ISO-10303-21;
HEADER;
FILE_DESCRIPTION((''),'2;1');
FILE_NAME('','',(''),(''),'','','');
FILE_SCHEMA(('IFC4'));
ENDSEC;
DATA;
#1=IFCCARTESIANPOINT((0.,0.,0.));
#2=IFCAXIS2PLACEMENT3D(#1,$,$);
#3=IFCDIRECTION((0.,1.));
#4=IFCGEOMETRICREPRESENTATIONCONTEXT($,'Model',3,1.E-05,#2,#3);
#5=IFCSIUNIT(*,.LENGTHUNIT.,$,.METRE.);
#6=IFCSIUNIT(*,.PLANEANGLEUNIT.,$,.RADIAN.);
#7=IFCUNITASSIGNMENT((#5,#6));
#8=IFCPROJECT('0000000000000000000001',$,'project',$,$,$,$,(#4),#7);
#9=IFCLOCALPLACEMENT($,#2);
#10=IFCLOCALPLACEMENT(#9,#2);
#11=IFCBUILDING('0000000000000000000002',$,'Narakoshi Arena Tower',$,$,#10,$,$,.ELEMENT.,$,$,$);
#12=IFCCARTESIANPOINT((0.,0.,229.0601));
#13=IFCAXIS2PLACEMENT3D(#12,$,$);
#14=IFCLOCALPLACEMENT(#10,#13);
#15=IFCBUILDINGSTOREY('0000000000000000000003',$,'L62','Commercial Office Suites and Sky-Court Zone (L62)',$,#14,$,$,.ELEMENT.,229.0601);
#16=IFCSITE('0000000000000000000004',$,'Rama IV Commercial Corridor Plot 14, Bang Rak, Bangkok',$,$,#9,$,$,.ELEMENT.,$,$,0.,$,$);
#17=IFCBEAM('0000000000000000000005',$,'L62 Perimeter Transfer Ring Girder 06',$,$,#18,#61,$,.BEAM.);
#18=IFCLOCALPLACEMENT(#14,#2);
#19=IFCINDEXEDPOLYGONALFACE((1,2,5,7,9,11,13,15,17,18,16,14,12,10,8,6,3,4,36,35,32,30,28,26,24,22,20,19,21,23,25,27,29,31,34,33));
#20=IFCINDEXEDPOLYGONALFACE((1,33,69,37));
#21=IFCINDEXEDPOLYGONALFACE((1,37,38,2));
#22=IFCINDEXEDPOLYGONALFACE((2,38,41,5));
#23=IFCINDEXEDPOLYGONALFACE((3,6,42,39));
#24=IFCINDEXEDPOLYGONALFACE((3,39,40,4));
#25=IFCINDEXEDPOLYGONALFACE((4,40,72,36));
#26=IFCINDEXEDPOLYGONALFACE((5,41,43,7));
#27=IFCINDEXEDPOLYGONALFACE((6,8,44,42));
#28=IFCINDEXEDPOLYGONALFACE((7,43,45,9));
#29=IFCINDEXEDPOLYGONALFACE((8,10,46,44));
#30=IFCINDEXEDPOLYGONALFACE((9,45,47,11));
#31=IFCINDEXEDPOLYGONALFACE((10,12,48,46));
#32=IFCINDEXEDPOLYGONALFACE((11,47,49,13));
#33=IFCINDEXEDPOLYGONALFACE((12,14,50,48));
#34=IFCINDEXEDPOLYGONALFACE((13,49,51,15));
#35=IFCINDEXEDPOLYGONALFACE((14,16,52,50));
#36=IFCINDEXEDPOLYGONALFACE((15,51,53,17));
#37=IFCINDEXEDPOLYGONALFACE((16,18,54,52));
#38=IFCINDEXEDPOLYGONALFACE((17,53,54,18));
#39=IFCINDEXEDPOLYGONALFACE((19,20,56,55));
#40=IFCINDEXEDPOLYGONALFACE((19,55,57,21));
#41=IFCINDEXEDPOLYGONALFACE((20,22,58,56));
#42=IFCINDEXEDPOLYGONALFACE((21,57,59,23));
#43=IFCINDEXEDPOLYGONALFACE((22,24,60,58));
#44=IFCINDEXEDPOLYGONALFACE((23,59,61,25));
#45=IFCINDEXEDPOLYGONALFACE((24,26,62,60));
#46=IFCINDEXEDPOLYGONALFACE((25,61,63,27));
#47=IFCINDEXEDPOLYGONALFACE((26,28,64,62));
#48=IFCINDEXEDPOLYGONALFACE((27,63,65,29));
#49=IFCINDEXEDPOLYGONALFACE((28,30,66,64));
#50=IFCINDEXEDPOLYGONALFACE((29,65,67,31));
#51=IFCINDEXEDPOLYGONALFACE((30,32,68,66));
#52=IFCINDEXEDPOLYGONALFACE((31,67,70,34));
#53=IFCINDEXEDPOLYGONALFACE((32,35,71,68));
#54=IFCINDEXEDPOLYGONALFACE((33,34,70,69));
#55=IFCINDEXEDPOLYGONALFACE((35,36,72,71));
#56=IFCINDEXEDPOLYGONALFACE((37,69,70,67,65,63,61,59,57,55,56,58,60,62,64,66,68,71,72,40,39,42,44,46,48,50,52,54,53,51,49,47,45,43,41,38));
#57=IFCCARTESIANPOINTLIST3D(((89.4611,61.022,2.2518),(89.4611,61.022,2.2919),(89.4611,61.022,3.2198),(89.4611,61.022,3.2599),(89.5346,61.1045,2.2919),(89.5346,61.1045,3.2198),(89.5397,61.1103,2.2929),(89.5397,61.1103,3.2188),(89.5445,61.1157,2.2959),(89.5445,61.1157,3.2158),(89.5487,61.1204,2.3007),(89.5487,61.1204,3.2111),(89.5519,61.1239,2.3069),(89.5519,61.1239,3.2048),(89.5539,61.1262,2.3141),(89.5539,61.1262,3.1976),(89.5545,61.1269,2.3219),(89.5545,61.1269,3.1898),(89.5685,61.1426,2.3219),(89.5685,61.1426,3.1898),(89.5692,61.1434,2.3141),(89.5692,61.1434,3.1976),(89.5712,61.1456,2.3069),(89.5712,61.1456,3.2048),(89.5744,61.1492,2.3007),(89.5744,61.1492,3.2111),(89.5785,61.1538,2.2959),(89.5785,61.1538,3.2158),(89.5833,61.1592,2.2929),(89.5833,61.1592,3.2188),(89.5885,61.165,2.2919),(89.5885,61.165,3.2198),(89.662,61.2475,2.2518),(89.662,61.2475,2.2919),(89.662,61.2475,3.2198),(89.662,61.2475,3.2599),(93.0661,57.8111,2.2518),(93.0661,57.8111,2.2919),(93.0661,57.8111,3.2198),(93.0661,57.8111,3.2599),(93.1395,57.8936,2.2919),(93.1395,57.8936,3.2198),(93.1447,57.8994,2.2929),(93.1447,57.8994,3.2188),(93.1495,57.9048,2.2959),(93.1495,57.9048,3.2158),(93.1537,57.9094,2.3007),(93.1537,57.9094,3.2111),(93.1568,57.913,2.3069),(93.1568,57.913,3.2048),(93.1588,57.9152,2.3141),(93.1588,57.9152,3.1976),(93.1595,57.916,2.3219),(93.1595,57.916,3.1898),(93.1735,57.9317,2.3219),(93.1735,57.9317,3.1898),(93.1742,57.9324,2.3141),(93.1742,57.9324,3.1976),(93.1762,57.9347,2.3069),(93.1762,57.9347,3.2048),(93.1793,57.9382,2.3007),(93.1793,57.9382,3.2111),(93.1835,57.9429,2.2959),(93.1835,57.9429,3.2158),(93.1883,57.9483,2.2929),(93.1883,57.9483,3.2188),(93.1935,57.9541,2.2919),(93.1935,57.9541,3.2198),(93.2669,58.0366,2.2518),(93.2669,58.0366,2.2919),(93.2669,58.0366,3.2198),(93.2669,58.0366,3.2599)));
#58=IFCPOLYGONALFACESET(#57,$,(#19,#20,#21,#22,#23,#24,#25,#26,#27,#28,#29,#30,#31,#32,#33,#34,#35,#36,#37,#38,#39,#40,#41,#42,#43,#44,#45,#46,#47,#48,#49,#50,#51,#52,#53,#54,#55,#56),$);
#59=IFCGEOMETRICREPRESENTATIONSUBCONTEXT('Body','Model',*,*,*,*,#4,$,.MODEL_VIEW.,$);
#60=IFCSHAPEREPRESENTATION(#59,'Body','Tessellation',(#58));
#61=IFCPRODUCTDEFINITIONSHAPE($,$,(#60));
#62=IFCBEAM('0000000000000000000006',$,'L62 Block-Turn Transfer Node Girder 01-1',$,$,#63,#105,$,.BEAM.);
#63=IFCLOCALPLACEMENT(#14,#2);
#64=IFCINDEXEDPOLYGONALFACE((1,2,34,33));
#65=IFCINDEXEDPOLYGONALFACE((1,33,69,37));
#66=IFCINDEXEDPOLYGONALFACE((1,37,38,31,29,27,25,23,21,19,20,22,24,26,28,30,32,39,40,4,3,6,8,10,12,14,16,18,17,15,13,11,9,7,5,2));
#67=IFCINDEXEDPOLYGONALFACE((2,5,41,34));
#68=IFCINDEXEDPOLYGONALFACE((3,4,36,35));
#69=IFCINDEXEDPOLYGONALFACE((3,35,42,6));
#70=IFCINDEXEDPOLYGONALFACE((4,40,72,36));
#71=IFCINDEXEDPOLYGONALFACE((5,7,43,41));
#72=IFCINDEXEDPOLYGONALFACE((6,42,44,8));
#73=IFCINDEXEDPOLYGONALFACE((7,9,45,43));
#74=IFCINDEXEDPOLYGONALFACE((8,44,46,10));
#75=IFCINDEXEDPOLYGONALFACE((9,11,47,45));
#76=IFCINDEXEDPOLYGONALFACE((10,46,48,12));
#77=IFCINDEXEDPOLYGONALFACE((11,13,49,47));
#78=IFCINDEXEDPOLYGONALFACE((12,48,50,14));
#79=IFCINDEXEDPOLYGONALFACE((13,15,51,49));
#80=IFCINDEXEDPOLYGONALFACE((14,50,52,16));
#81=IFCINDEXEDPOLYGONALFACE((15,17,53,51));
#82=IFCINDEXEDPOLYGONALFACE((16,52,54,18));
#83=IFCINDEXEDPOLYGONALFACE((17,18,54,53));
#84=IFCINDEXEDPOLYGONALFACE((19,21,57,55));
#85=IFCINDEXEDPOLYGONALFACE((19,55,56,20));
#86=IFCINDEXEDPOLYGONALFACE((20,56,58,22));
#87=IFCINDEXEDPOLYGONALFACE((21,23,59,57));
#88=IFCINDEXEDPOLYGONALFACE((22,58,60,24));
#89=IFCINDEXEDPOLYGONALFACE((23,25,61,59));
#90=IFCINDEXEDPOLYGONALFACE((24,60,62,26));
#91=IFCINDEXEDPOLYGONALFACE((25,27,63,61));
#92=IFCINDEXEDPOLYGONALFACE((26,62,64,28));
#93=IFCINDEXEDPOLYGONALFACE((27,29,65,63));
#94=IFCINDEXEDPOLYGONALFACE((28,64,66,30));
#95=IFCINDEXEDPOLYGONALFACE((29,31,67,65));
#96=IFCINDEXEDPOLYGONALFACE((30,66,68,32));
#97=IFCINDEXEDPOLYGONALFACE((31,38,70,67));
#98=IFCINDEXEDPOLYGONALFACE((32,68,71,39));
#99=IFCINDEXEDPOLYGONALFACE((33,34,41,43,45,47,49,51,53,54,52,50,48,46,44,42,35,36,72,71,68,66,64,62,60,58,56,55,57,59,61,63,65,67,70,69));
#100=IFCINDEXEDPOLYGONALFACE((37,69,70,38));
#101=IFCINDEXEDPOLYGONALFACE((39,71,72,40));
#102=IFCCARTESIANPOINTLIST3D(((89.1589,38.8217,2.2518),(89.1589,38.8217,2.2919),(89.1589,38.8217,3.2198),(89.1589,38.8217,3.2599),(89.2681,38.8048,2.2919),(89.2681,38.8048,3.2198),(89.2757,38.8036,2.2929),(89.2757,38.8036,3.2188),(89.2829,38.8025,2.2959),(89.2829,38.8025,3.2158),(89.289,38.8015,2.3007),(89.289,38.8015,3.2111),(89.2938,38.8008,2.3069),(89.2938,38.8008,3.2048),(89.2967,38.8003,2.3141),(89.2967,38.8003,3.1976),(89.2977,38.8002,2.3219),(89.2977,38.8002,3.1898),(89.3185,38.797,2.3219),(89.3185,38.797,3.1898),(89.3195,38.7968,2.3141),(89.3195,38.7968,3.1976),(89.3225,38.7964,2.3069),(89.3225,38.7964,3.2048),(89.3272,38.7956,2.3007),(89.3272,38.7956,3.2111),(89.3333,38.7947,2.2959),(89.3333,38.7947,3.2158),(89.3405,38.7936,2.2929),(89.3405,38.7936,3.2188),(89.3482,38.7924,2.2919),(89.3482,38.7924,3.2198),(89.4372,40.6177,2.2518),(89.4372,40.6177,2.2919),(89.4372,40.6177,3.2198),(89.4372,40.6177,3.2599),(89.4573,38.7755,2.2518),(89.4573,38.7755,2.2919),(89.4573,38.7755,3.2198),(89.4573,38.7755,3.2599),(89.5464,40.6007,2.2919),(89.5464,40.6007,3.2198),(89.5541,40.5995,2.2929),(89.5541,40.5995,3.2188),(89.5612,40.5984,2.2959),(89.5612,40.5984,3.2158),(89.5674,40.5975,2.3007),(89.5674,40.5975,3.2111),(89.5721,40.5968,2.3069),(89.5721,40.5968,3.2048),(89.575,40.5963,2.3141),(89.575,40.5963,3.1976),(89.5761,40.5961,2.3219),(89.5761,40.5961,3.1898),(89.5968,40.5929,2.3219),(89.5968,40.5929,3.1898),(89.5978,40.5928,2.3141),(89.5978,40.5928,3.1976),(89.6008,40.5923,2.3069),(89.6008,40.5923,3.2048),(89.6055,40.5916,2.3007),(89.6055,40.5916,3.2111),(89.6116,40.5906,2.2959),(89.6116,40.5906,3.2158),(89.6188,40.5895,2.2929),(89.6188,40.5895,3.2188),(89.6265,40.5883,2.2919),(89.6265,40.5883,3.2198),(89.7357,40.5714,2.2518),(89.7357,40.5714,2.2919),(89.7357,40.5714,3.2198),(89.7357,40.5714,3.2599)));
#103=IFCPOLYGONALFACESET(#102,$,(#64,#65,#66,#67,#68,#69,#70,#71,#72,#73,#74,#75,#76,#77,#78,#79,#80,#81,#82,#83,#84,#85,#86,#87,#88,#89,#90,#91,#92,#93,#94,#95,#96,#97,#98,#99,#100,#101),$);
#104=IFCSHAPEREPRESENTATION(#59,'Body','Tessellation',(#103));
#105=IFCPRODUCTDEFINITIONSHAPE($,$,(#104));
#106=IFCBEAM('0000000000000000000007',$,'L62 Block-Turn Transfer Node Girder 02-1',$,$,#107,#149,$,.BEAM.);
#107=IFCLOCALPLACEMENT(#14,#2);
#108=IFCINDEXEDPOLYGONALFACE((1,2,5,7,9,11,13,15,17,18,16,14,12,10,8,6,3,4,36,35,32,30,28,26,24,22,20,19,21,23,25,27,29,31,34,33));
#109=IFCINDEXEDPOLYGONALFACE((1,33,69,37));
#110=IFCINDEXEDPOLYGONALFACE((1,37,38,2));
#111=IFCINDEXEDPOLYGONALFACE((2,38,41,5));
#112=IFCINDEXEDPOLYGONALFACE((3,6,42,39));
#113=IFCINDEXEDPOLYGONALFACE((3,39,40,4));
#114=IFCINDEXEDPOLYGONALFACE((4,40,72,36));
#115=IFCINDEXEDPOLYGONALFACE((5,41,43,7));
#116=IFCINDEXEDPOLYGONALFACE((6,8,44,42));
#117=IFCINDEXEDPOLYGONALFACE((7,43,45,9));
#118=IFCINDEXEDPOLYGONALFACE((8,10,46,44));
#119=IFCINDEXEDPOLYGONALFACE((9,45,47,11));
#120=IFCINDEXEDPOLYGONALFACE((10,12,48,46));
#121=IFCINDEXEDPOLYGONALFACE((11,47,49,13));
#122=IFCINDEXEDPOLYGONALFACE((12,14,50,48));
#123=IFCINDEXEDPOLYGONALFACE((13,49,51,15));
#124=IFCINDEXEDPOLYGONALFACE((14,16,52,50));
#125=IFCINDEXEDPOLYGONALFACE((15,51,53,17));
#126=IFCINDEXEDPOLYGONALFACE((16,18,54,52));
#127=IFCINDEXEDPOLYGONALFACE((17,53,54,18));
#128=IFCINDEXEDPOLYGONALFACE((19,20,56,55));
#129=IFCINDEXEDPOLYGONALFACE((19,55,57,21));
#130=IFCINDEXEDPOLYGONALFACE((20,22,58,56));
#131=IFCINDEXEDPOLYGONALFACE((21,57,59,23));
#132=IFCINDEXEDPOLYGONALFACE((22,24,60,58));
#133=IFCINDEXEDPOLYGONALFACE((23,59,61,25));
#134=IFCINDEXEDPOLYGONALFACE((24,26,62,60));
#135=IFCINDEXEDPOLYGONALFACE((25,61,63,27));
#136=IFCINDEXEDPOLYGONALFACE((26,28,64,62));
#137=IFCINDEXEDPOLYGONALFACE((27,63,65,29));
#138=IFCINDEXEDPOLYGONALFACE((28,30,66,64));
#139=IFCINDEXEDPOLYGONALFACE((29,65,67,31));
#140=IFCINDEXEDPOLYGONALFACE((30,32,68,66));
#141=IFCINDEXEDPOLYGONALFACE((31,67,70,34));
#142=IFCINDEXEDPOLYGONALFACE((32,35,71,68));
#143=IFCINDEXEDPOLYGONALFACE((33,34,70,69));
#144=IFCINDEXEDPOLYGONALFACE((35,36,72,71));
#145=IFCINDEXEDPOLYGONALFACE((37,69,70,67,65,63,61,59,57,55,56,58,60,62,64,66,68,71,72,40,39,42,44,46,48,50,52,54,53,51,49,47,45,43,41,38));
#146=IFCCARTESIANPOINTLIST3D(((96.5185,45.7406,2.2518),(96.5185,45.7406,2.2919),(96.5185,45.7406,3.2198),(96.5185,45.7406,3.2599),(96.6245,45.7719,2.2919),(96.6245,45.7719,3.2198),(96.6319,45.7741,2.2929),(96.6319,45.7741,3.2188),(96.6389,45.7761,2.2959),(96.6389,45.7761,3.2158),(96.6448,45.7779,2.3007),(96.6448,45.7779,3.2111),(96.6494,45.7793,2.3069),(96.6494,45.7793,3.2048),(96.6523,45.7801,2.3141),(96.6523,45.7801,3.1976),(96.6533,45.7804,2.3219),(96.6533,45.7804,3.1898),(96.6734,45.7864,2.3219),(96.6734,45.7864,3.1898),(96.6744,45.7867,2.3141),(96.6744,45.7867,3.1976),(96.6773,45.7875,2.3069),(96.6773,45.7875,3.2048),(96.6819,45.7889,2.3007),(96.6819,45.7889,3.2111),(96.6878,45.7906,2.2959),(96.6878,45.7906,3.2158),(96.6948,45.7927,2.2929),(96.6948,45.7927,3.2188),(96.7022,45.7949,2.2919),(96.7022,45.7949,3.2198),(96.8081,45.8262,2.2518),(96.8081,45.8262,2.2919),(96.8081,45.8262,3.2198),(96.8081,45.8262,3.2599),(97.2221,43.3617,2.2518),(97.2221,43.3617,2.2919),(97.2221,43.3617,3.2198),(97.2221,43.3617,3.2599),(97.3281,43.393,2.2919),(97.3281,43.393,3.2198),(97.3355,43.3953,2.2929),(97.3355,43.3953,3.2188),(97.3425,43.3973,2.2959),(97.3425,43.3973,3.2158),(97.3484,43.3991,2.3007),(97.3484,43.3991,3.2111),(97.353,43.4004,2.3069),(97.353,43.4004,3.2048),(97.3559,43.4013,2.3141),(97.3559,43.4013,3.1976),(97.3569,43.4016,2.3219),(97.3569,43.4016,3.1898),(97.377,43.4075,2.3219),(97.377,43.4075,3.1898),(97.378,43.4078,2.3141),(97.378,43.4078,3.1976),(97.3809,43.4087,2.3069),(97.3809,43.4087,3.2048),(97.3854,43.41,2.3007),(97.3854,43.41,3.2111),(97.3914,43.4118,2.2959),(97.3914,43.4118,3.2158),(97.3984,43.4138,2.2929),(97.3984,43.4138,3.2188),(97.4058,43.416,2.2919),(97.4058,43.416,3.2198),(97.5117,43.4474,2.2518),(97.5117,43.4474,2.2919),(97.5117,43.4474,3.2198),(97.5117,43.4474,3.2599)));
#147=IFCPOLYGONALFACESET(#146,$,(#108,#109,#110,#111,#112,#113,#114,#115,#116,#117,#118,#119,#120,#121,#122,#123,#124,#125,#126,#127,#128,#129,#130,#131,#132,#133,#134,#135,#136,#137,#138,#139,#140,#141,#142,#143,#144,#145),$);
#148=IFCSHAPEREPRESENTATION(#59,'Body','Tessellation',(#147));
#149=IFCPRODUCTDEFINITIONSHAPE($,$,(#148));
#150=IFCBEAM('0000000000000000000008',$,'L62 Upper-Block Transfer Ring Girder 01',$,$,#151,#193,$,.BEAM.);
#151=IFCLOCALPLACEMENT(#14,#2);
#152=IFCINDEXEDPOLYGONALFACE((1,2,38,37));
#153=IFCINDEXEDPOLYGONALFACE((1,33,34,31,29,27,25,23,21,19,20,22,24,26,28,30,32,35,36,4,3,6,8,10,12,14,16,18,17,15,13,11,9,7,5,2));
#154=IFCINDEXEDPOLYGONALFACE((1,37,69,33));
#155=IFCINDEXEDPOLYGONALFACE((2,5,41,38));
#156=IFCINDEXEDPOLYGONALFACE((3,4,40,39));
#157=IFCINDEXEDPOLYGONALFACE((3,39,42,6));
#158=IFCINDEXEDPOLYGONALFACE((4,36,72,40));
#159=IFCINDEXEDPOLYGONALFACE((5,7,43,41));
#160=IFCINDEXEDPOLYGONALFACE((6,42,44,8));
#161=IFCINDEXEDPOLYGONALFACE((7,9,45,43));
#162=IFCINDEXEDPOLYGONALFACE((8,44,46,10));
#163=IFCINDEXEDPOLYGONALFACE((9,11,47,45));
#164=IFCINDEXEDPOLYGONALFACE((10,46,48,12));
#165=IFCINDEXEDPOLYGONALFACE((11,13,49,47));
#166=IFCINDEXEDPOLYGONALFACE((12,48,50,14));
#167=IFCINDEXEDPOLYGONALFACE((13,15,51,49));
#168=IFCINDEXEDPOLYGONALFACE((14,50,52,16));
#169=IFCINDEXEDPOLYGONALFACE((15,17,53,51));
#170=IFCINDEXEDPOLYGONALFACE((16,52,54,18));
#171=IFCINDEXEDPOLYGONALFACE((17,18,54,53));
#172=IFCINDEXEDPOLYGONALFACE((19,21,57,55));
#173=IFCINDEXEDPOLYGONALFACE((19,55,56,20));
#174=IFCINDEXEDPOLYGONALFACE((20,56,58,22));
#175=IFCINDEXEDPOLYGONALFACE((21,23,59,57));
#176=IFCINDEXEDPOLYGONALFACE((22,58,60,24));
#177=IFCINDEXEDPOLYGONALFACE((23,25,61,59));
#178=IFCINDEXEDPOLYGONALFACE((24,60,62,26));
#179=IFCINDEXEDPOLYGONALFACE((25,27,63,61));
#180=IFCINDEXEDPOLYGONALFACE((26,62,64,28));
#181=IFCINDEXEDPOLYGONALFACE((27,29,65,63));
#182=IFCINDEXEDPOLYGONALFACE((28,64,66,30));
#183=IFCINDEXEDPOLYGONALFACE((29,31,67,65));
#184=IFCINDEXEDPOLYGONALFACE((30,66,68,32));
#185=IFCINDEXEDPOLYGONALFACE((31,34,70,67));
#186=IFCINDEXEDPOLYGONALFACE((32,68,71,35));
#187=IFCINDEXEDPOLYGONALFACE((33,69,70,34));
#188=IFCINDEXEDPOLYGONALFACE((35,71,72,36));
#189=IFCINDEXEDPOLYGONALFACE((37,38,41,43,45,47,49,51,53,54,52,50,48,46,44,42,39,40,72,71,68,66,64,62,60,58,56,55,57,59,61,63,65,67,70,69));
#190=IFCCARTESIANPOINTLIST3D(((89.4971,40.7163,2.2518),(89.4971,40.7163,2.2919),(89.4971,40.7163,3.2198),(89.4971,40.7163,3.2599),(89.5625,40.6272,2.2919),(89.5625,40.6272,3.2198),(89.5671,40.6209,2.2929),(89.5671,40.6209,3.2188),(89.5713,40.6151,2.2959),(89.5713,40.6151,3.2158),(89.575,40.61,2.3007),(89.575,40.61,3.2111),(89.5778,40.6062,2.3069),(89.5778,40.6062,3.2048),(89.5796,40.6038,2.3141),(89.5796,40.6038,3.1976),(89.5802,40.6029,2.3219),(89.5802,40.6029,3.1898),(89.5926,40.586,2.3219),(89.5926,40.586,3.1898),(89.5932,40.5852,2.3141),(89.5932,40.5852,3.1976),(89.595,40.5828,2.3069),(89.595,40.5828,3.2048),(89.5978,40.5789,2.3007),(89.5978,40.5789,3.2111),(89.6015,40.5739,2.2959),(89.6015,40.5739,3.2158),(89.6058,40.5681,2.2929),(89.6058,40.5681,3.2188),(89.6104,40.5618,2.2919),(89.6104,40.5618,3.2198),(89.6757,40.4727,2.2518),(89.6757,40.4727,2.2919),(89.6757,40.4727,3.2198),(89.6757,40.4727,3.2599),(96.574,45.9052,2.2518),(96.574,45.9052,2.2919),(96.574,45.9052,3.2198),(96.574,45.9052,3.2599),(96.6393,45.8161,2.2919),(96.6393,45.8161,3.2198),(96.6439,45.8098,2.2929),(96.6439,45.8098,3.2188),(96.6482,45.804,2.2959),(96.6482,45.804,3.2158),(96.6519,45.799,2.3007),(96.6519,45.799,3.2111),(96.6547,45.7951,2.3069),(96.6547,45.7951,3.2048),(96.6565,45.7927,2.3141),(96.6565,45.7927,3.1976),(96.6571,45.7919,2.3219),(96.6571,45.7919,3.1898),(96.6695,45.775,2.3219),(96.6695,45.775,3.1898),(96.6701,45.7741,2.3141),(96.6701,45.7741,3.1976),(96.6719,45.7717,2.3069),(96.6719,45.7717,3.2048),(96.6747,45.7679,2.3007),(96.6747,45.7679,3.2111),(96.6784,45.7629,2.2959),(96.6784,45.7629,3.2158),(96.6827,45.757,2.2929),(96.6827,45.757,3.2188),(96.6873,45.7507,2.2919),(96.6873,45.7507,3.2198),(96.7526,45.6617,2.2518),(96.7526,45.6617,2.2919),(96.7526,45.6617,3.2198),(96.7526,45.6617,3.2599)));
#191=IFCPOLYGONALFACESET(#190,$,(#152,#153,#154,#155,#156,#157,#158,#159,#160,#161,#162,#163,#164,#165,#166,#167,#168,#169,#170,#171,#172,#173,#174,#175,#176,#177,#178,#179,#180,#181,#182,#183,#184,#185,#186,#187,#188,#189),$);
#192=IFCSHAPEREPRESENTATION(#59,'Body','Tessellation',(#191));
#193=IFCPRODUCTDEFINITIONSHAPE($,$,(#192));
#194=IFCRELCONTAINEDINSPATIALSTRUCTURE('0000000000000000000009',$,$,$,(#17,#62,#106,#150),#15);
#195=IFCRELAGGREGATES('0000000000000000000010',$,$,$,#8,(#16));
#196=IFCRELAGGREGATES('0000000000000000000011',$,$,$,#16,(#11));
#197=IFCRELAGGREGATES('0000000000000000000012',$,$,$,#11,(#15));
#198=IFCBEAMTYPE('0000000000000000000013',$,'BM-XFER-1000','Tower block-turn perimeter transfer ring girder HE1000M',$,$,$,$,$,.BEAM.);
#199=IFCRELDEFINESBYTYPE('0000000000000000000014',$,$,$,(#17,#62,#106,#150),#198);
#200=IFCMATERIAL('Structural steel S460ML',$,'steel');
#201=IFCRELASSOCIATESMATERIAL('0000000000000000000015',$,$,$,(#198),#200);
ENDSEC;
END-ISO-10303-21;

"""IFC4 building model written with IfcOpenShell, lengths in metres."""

from ifc_helpers import new_model, si_unit, direction, frame, origin, origin_2d, place, context, subcontext, project, spatial, i_section, extrude, material, material_profile, profile_set, type_object, element, save


model = new_model("IFC4")

# Units and contexts
model_context = context("Model", 3, precision=1e-05, world=origin(), true_north=direction((0.0, 1.0)))
body_context = subcontext(model_context, "Body", "Model", "MODEL_VIEW")
ifc_project = project(units=[si_unit("LENGTHUNIT", "METRE"), si_unit("PLANEANGLEUNIT", "RADIAN")], contexts=[model_context])

# Site, building, storey
site_placement = place(None, origin())
site = spatial("IfcSite", under=ifc_project, at=site_placement, Name="Rama IV Commercial Corridor Plot 14, Bang Rak, Bangkok", CompositionType="ELEMENT", RefElevation=0.0)
building_placement = place(site_placement, origin())
building = spatial("IfcBuilding", under=site, at=building_placement, Name="Narakoshi Arena Tower", CompositionType="ELEMENT")
storey_placement = place(building_placement, frame((0.0, 0.0, 229.0601)))
storey = spatial("IfcBuildingStorey", under=building, at=storey_placement, Name="L62", Description="Commercial Office Suites and Sky-Court Zone (L62)", CompositionType="ELEMENT", Elevation=229.0601)

# Beams
ifc_material_1 = material(Name="Structural steel S460ML", Category="steel")
ifc_material_profile_1 = material_profile(ifc_material_1, i_section(OverallWidth=0.302, OverallDepth=1.0081, WebThickness=0.021, FlangeThickness=0.04, FilletRadius=0.03, at=origin_2d()), Name="HE1000M")
ifc_profile_set_1 = profile_set([ifc_material_profile_1], Name="Structural steel S460ML")
beam_type = type_object("IfcBeamType", Name="BM-XFER-1000", Description="Tower block-turn perimeter transfer ring girder HE1000M", PredefinedType="BEAM", material=ifc_profile_set_1)
beam_1_placement = place(storey_placement, frame((93.1665, 57.9238, 2.7559), z_axis=(-0.746739, 0.665117, 0.0), x_axis=(-0.665117, -0.746739, 0.0)))
element("IfcBeam", 1, at=beam_1_placement, inside=storey, type_object=beam_type, Name="L62 Perimeter Transfer Ring Girder 06", PredefinedType="BEAM", context=body_context, shape_type="SweptSolid", body=[
    extrude(i_section(OverallWidth=0.302, OverallDepth=1.0081, WebThickness=0.021, FlangeThickness=0.04, FilletRadius=0.03, at=origin_2d()), origin(), (0.0, 0.0, 1.0), 4.8276),
])
beam_2_placement = place(storey_placement, frame((89.3081, 38.7986, 2.7559), z_axis=(0.153147, 0.988203, 0.0), x_axis=(-0.988203, 0.153147, 0.0)))
element("IfcBeam", 2, at=beam_2_placement, inside=storey, type_object=beam_type, Name="L62 Block-Turn Transfer Node Girder 01-1", PredefinedType="BEAM", context=body_context, shape_type="SweptSolid", body=[
    extrude(i_section(OverallWidth=0.302, OverallDepth=1.0081, WebThickness=0.021, FlangeThickness=0.04, FilletRadius=0.03, at=origin_2d()), origin(), (0.0, 0.0, 1.0), 1.8174),
])
beam_3_placement = place(storey_placement, frame((97.3669, 43.4045, 2.7559), z_axis=(-0.283626, 0.958935, 0.0), x_axis=(-0.958935, -0.283626, 0.0)))
element("IfcBeam", 3, at=beam_3_placement, inside=storey, type_object=beam_type, Name="L62 Block-Turn Transfer Node Girder 02-1", PredefinedType="BEAM", context=body_context, shape_type="SweptSolid", body=[
    extrude(i_section(OverallWidth=0.302, OverallDepth=1.0081, WebThickness=0.021, FlangeThickness=0.04, FilletRadius=0.03, at=origin_2d()), origin(), (0.0, 0.0, 1.0), 2.4807),
])
beam_4_placement = place(storey_placement, frame((89.5864, 40.5945, 2.7559), z_axis=(0.806447, 0.591307, 0.0), x_axis=(-0.591307, 0.806447, 0.0)))
element("IfcBeam", 4, at=beam_4_placement, inside=storey, type_object=beam_type, Name="L62 Upper-Block Transfer Ring Girder 01", PredefinedType="BEAM", context=body_context, shape_type="SweptSolid", body=[
    extrude(i_section(OverallWidth=0.302, OverallDepth=1.0081, WebThickness=0.021, FlangeThickness=0.04, FilletRadius=0.03, at=origin_2d()), origin(), (0.0, 0.0, 1.0), 8.7754),
])

save(model, "model.ifc")
